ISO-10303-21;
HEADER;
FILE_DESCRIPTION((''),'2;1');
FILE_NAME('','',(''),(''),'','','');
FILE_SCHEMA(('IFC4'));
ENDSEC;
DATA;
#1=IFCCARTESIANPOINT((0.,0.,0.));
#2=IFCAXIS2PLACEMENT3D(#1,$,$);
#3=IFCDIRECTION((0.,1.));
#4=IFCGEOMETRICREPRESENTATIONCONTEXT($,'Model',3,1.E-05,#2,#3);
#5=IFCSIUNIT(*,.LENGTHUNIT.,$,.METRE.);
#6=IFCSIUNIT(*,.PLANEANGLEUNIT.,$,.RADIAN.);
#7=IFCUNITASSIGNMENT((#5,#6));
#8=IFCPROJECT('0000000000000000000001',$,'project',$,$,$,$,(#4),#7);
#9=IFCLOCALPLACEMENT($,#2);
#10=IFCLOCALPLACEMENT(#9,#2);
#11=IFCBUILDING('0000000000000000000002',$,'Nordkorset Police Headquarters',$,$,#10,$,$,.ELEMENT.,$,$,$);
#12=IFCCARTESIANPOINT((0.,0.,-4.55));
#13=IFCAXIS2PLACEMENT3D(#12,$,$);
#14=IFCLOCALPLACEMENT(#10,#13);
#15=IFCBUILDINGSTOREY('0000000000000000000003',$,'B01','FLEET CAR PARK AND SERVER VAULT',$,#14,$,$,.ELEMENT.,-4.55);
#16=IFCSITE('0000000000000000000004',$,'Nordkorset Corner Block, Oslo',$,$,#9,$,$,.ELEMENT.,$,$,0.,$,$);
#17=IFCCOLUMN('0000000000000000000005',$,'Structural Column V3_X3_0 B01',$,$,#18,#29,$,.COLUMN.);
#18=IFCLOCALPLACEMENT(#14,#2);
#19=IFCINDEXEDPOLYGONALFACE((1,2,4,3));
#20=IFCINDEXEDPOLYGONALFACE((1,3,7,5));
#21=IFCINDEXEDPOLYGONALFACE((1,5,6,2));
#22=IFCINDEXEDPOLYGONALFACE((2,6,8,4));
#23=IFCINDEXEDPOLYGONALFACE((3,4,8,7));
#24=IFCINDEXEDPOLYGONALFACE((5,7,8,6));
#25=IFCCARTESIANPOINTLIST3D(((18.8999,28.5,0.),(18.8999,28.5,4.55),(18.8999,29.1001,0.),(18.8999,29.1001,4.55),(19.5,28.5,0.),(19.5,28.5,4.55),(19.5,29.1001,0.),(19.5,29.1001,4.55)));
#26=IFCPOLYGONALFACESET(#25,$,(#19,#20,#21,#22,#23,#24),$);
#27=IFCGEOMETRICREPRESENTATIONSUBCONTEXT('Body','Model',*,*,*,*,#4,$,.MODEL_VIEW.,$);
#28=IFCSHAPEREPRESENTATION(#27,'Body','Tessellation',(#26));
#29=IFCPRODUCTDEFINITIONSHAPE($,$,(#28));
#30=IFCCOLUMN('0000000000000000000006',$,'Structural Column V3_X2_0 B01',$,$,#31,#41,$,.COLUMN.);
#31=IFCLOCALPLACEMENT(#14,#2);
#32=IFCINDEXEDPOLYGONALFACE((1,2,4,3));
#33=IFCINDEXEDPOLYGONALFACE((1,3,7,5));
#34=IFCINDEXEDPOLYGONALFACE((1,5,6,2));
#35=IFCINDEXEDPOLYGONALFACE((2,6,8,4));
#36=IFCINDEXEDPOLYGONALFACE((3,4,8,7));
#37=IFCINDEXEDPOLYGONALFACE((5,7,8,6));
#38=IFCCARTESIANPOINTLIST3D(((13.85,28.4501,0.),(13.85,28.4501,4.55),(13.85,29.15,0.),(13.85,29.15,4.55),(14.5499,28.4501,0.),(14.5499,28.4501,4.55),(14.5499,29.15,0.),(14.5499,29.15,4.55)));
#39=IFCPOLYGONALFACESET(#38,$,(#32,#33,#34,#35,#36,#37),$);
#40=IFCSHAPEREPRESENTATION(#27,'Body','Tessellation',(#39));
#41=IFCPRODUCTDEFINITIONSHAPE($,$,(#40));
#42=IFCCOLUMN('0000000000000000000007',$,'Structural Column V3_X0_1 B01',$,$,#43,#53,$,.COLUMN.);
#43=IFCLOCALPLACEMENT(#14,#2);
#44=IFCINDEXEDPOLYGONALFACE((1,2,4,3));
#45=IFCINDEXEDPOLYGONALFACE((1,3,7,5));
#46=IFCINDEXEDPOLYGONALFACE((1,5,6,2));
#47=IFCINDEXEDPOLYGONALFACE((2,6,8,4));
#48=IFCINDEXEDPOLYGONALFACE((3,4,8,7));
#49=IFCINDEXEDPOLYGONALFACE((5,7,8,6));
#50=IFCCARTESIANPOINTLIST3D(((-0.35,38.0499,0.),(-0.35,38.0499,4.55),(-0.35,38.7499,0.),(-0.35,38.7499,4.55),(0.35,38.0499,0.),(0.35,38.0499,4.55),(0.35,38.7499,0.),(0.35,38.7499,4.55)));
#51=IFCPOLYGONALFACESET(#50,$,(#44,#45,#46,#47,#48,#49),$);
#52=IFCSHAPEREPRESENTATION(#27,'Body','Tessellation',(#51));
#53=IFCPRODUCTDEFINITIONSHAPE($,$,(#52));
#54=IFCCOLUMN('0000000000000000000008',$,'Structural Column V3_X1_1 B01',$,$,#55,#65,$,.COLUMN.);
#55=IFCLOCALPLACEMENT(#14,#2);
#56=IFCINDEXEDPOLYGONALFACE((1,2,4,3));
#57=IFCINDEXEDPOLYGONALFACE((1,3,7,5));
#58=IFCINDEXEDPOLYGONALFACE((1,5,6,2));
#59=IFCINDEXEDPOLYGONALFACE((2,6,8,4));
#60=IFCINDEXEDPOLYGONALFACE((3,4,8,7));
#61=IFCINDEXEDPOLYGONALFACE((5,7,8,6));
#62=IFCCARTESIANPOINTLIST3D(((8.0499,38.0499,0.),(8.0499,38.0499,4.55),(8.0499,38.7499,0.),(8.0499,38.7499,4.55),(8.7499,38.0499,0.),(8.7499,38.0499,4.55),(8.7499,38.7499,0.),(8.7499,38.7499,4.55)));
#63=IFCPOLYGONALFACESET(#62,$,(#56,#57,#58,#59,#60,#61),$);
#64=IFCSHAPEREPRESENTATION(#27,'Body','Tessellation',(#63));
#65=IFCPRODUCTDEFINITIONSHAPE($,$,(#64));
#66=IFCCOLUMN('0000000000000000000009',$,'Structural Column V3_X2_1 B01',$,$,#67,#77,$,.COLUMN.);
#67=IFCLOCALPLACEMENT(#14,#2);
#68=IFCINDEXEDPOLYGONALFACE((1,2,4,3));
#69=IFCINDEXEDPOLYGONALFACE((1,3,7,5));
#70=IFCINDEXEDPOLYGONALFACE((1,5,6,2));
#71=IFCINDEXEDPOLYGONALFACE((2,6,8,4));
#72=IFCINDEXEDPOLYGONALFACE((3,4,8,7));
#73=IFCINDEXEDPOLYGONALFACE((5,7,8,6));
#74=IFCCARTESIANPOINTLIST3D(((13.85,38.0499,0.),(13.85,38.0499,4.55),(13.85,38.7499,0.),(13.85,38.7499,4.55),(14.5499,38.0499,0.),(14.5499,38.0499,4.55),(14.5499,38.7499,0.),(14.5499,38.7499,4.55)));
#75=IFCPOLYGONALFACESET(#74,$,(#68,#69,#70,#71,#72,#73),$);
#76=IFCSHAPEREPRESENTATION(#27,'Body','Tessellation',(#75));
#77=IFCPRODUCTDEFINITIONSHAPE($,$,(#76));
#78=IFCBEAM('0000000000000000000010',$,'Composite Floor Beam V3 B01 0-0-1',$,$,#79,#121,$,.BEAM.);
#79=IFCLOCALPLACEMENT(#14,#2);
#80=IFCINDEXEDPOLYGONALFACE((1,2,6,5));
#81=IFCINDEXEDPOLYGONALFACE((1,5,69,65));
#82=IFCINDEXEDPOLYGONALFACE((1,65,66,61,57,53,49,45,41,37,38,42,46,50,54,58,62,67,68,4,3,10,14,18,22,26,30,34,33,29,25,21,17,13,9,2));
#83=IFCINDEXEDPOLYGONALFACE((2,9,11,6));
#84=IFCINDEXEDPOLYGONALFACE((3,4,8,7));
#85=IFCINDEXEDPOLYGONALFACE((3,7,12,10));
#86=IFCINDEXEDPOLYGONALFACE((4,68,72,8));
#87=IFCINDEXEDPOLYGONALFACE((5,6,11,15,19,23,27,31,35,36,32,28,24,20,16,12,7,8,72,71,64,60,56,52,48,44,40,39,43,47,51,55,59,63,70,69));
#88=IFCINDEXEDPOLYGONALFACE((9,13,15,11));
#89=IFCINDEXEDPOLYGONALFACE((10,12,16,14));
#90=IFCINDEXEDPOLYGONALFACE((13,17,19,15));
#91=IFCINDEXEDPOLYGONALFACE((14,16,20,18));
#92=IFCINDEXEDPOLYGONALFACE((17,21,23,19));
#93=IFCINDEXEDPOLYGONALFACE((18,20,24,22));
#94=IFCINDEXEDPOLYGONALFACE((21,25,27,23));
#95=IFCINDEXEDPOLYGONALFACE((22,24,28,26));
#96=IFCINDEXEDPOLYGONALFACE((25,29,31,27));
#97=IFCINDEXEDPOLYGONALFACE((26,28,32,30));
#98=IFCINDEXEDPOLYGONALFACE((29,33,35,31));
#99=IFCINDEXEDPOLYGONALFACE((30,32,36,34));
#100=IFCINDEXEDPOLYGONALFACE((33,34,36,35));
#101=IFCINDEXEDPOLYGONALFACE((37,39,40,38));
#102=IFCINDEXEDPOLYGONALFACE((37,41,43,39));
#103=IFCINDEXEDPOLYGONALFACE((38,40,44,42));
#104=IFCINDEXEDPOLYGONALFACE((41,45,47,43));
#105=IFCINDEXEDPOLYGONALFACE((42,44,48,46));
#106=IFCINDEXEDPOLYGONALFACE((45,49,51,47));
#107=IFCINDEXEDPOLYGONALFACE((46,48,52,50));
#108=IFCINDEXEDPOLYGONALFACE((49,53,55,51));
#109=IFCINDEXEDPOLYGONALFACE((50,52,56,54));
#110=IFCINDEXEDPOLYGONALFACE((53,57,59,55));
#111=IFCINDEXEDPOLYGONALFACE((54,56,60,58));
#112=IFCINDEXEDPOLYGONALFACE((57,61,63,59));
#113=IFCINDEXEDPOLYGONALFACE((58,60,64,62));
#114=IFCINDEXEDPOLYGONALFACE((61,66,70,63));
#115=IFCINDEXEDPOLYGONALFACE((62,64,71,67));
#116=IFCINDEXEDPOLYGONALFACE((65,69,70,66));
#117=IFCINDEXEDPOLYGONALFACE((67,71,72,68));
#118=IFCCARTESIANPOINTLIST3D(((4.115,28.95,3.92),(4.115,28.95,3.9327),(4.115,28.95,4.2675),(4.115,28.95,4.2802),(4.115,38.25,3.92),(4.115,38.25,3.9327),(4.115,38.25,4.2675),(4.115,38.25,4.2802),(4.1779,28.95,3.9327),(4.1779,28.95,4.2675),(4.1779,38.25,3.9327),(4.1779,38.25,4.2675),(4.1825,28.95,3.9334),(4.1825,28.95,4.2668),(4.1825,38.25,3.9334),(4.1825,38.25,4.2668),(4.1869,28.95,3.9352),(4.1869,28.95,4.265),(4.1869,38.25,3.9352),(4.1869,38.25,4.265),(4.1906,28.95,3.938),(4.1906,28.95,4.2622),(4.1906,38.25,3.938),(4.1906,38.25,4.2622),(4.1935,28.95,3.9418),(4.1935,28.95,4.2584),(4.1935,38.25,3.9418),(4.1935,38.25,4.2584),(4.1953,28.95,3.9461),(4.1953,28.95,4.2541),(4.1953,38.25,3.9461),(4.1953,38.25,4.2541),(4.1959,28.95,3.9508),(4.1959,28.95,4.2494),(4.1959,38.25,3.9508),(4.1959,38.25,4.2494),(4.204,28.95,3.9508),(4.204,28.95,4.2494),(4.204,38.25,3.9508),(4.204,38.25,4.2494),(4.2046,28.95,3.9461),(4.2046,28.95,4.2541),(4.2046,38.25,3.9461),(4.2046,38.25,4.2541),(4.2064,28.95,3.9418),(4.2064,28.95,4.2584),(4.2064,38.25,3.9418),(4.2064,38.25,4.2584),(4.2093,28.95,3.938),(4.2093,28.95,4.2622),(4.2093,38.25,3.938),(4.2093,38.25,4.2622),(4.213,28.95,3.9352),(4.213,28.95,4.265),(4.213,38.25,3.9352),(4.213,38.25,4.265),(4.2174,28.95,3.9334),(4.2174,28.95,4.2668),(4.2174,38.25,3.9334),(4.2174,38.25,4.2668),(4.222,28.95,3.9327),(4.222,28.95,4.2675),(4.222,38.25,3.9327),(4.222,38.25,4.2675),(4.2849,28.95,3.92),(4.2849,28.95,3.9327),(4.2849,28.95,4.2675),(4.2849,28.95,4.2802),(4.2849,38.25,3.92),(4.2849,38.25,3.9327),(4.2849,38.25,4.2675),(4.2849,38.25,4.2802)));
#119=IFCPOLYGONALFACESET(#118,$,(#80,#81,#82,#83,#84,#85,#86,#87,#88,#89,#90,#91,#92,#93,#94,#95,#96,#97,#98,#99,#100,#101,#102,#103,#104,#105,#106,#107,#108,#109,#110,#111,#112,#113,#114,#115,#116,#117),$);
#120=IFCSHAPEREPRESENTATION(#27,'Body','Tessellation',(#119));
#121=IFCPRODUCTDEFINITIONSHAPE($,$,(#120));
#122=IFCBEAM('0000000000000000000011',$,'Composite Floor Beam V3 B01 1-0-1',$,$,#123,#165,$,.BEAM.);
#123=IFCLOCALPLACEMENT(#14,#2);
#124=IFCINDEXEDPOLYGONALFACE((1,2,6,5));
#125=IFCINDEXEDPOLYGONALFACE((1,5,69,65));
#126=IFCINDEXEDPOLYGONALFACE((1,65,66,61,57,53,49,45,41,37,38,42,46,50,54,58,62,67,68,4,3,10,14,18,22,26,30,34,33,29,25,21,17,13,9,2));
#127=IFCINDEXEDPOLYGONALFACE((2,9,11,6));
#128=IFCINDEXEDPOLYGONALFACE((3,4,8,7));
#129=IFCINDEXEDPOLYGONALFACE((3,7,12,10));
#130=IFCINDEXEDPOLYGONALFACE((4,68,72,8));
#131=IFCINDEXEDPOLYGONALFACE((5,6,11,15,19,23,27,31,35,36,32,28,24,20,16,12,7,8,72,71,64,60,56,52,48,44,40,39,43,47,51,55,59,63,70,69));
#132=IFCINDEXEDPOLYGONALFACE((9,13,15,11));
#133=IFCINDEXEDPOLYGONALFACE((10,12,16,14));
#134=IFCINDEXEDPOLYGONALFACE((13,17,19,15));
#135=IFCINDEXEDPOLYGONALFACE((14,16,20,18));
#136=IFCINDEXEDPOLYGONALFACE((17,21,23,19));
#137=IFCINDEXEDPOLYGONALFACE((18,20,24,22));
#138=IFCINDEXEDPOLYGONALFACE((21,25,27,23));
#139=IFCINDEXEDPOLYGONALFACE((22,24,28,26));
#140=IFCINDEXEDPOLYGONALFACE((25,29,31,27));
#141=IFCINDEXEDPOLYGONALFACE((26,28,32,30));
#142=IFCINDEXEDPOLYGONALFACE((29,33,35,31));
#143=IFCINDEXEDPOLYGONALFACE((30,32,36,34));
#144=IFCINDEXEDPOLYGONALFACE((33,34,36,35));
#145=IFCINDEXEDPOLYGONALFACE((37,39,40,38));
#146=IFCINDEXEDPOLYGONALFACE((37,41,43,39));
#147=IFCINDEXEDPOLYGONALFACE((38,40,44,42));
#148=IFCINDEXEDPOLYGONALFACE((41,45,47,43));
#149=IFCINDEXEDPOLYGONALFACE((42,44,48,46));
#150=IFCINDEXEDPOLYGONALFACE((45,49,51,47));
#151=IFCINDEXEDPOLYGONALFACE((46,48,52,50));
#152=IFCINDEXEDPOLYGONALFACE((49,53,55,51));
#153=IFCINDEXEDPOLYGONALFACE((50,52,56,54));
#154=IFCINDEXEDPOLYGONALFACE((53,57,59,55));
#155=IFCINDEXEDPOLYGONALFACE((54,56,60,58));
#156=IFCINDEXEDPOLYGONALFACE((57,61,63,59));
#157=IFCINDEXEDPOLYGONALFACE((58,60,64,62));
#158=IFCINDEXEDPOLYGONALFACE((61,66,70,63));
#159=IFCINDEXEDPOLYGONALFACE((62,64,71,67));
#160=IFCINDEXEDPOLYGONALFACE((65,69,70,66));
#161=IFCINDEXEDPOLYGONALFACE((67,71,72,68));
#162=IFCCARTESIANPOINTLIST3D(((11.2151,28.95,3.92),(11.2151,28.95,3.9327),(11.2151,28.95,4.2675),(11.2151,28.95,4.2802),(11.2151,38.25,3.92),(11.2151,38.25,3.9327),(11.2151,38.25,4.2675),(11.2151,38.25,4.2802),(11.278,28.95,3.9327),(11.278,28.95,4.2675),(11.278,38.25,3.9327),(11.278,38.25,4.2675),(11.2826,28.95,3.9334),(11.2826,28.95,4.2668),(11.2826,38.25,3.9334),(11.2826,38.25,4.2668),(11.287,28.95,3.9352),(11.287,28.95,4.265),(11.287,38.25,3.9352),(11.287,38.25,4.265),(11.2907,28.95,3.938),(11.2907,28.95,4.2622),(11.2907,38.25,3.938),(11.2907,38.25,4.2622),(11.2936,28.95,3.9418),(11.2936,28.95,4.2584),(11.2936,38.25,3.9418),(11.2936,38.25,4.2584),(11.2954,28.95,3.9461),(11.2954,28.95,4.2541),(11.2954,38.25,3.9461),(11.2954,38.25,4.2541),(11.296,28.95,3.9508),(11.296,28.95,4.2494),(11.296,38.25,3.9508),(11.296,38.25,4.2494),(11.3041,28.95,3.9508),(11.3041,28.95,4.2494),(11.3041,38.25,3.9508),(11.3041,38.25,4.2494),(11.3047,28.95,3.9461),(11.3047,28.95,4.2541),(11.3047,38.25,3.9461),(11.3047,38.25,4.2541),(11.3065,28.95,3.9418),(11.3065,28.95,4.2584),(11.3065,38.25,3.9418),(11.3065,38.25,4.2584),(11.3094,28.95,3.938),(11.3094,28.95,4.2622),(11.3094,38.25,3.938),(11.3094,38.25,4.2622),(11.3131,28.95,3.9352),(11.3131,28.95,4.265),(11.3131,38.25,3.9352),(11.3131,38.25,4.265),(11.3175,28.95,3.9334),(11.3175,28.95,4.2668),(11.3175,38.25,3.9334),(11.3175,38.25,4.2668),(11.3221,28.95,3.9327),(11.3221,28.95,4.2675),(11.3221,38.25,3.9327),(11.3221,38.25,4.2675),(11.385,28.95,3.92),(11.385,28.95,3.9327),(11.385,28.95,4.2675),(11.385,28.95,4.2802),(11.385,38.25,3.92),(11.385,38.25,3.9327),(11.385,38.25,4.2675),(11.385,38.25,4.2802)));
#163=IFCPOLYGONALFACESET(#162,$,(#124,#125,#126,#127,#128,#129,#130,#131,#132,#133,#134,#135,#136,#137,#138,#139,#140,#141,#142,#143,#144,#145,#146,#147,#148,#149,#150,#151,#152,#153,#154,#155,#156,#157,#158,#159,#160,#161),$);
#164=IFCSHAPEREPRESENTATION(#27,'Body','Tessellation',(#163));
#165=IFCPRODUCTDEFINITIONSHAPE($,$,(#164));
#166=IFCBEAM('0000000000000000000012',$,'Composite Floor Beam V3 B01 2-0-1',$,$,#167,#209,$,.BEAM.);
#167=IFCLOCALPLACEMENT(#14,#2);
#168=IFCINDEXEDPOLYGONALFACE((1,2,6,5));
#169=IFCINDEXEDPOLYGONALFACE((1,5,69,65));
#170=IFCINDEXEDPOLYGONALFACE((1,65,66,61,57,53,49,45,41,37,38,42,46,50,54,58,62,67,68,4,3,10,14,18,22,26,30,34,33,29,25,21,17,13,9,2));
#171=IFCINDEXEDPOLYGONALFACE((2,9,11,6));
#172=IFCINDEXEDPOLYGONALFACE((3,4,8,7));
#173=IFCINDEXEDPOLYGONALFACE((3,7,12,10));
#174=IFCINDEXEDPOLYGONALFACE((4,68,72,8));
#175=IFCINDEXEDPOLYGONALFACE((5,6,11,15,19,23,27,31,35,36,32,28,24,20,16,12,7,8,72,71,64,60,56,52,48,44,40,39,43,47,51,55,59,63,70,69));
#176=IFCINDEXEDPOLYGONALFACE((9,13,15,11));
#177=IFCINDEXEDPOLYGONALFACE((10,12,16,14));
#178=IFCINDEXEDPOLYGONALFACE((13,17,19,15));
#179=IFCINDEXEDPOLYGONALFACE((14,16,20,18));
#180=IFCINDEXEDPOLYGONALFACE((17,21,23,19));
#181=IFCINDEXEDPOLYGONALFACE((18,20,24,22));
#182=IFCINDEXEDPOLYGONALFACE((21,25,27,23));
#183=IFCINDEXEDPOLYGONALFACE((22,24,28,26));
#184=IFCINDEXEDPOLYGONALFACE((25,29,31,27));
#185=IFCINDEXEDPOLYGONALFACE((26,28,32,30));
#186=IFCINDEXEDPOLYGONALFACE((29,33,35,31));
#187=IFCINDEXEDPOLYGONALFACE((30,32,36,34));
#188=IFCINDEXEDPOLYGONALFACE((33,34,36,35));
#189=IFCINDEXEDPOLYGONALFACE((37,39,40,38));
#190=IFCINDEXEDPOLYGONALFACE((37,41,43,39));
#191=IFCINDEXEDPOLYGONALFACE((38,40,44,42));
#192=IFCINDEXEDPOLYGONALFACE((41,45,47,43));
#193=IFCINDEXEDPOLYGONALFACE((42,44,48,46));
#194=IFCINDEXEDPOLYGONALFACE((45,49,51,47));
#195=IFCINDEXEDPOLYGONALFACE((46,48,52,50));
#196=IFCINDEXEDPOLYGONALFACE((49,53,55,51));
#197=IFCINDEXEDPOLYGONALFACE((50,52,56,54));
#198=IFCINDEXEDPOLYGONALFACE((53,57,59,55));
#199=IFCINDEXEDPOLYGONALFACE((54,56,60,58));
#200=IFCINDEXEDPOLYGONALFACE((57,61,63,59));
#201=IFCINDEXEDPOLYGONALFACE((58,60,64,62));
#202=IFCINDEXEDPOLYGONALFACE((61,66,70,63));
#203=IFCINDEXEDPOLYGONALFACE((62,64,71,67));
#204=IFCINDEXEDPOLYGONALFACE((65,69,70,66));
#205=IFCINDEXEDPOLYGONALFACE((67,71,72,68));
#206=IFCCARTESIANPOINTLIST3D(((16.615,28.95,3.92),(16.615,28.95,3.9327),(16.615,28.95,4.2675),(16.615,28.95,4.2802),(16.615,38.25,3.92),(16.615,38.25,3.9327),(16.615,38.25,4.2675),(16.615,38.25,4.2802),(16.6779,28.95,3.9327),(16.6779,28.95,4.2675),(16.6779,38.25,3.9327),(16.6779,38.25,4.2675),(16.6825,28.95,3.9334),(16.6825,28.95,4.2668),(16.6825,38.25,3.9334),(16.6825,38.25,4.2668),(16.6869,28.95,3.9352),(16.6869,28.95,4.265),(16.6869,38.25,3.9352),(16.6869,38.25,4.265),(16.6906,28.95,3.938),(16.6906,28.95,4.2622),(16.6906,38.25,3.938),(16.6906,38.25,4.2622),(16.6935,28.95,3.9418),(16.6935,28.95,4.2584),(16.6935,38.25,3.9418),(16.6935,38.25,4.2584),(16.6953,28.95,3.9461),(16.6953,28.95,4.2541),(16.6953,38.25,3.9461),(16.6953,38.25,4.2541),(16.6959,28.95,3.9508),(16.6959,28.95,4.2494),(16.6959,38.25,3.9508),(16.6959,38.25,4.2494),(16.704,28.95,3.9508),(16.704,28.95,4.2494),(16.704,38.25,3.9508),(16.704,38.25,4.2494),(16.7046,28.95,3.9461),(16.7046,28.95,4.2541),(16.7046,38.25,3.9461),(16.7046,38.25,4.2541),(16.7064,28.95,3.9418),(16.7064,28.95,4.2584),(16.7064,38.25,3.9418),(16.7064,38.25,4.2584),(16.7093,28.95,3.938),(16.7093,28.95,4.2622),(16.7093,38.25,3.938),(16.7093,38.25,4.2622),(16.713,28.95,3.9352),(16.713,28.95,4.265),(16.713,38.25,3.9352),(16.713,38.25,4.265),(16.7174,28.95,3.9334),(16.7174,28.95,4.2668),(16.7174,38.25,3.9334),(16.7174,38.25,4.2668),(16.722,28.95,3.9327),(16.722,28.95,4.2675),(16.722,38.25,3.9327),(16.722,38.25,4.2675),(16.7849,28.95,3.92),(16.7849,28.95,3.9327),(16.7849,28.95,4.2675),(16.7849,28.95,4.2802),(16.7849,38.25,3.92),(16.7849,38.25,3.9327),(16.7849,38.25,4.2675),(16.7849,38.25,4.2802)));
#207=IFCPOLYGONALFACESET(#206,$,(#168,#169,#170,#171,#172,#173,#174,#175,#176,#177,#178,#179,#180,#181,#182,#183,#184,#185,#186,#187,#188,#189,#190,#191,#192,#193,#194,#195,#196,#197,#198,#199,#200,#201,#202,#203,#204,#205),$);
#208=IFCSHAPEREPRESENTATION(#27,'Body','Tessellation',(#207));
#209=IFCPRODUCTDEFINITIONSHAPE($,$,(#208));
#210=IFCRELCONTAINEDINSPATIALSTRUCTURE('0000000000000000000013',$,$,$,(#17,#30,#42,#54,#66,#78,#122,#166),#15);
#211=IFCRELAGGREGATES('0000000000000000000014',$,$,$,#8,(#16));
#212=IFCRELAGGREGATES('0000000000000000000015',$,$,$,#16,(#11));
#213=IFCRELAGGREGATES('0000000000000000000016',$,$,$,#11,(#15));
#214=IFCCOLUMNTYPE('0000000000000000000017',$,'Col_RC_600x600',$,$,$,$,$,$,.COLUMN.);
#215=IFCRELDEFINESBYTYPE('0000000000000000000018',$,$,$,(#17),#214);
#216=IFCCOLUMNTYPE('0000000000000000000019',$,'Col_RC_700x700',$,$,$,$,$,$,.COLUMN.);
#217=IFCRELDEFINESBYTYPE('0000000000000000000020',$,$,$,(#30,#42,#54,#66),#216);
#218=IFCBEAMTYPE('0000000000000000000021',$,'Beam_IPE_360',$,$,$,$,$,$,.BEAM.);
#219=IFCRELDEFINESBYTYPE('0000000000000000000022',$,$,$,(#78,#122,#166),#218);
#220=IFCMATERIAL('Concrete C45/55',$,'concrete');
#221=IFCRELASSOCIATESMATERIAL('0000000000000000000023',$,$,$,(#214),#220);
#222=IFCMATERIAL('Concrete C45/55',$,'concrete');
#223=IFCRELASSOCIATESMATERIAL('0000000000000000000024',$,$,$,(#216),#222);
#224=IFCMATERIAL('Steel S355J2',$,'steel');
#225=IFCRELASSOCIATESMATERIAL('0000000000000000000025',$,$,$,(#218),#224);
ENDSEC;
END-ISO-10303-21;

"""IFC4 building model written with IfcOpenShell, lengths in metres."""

from ifc_helpers import new_model, si_unit, direction, frame, origin, origin_2d, place, context, subcontext, project, spatial, rectangle, i_section, extrude, material, material_profile, profile_set, type_object, element, save


model = new_model("IFC4")

# Units and contexts
model_context = context("Model", 3, precision=1e-05, world=origin(), true_north=direction((0.0, 1.0)))
body_context = subcontext(model_context, "Body", "Model", "MODEL_VIEW")
ifc_project = project(units=[si_unit("LENGTHUNIT", "METRE"), si_unit("PLANEANGLEUNIT", "RADIAN")], contexts=[model_context])

# Site, building, storey
site_placement = place(None, origin())
site = spatial("IfcSite", under=ifc_project, at=site_placement, Name="Nordkorset Corner Block, Oslo", CompositionType="ELEMENT", RefElevation=0.0)
building_placement = place(site_placement, origin())
building = spatial("IfcBuilding", under=site, at=building_placement, Name="Nordkorset Police Headquarters", CompositionType="ELEMENT")
storey_placement = place(building_placement, frame((0.0, 0.0, -4.55)))
storey = spatial("IfcBuildingStorey", under=building, at=storey_placement, Name="B01", Description="FLEET CAR PARK AND SERVER VAULT", CompositionType="ELEMENT", Elevation=-4.55)

# Columns
ifc_material_1 = material(Name="Concrete C45/55", Category="concrete")
ifc_material_profile_1 = material_profile(ifc_material_1, rectangle(XDim=0.6001, YDim=0.6001, at=origin_2d()), Name="RC 600x600")
ifc_profile_set_1 = profile_set([ifc_material_profile_1], Name="Concrete C45/55")
column_type_1 = type_object("IfcColumnType", Name="Col_RC_600x600", PredefinedType="COLUMN", material=ifc_profile_set_1)
column_placement = place(storey_placement, frame((19.2, 28.8, 0.0), z_axis=(0.0, 0.0, 1.0), x_axis=(1.0, 0.0, 0.0)))
element("IfcColumn", 1, at=column_placement, inside=storey, type_object=column_type_1, Name="Structural Column V3_X3_0 B01", PredefinedType="COLUMN", context=body_context, shape_type="SweptSolid", body=[
    extrude(rectangle(XDim=0.6001, YDim=0.6001, at=origin_2d()), origin(), (0.0, 0.0, 1.0), 4.55),
])
ifc_material_2 = material(Name="Concrete C45/55", Category="concrete")
ifc_material_profile_2 = material_profile(ifc_material_2, rectangle(XDim=0.7, YDim=0.7, at=origin_2d()), Name="RC 700x700")
ifc_profile_set_2 = profile_set([ifc_material_profile_2], Name="Concrete C45/55")
column_type_2 = type_object("IfcColumnType", Name="Col_RC_700x700", PredefinedType="COLUMN", material=ifc_profile_set_2)
for number, where, z_axis, x_axis, name in (
    (2, (14.2, 28.8, 0.0), (0.0, 0.0, 1.0), (1.0, 0.0, 0.0), "Structural Column V3_X2_0 B01"),
    (3, (0.0, 38.3999, 0.0), (0.0, 0.0, 1.0), (1.0, 0.0, 0.0), "Structural Column V3_X0_1 B01"),
    (4, (8.3999, 38.3999, 0.0), (0.0, 0.0, 1.0), (1.0, 0.0, 0.0), "Structural Column V3_X1_1 B01"),
    (5, (14.2, 38.3999, 0.0), (0.0, 0.0, 1.0), (1.0, 0.0, 0.0), "Structural Column V3_X2_1 B01"),
):
    element("IfcColumn", number, at=place(storey_placement, frame(where, z_axis=z_axis, x_axis=x_axis)), inside=storey, type_object=column_type_2, Name=name, PredefinedType="COLUMN", context=body_context, shape_type="SweptSolid", body=[
        extrude(rectangle(XDim=0.7, YDim=0.7, at=origin_2d()), origin(), (0.0, 0.0, 1.0), 4.55),
    ])

# Beams
ifc_material_3 = material(Name="Steel S355J2", Category="steel")
ifc_material_profile_3 = material_profile(ifc_material_3, i_section(OverallWidth=0.1699, OverallDepth=0.3601, WebThickness=0.0081, FlangeThickness=0.0127, FilletRadius=0.0181, at=origin_2d()), Name="IPE 360")
ifc_profile_set_3 = profile_set([ifc_material_profile_3], Name="Steel S355J2")
beam_type_1 = type_object("IfcBeamType", Name="Beam_IPE_360", PredefinedType="BEAM", material=ifc_profile_set_3)
for number, where, z_axis, x_axis, name in (
    (6, (4.2, 28.95, 4.1001), (0.0, 1.0, 0.0), (-1.0, 0.0, 0.0), "Composite Floor Beam V3 B01 0-0-1"),
    (7, (11.3, 28.95, 4.1001), (0.0, 1.0, 0.0), (-1.0, 0.0, 0.0), "Composite Floor Beam V3 B01 1-0-1"),
    (8, (16.7, 28.95, 4.1001), (0.0, 1.0, 0.0), (-1.0, 0.0, 0.0), "Composite Floor Beam V3 B01 2-0-1"),
):
    element("IfcBeam", number, at=place(storey_placement, frame(where, z_axis=z_axis, x_axis=x_axis)), inside=storey, type_object=beam_type_1, Name=name, PredefinedType="BEAM", context=body_context, shape_type="SweptSolid", body=[
        extrude(i_section(OverallWidth=0.1699, OverallDepth=0.3601, WebThickness=0.0081, FlangeThickness=0.0127, FilletRadius=0.0181, at=origin_2d()), origin(), (0.0, 0.0, 1.0), 9.3),
    ])

save(model, "model.ifc")
